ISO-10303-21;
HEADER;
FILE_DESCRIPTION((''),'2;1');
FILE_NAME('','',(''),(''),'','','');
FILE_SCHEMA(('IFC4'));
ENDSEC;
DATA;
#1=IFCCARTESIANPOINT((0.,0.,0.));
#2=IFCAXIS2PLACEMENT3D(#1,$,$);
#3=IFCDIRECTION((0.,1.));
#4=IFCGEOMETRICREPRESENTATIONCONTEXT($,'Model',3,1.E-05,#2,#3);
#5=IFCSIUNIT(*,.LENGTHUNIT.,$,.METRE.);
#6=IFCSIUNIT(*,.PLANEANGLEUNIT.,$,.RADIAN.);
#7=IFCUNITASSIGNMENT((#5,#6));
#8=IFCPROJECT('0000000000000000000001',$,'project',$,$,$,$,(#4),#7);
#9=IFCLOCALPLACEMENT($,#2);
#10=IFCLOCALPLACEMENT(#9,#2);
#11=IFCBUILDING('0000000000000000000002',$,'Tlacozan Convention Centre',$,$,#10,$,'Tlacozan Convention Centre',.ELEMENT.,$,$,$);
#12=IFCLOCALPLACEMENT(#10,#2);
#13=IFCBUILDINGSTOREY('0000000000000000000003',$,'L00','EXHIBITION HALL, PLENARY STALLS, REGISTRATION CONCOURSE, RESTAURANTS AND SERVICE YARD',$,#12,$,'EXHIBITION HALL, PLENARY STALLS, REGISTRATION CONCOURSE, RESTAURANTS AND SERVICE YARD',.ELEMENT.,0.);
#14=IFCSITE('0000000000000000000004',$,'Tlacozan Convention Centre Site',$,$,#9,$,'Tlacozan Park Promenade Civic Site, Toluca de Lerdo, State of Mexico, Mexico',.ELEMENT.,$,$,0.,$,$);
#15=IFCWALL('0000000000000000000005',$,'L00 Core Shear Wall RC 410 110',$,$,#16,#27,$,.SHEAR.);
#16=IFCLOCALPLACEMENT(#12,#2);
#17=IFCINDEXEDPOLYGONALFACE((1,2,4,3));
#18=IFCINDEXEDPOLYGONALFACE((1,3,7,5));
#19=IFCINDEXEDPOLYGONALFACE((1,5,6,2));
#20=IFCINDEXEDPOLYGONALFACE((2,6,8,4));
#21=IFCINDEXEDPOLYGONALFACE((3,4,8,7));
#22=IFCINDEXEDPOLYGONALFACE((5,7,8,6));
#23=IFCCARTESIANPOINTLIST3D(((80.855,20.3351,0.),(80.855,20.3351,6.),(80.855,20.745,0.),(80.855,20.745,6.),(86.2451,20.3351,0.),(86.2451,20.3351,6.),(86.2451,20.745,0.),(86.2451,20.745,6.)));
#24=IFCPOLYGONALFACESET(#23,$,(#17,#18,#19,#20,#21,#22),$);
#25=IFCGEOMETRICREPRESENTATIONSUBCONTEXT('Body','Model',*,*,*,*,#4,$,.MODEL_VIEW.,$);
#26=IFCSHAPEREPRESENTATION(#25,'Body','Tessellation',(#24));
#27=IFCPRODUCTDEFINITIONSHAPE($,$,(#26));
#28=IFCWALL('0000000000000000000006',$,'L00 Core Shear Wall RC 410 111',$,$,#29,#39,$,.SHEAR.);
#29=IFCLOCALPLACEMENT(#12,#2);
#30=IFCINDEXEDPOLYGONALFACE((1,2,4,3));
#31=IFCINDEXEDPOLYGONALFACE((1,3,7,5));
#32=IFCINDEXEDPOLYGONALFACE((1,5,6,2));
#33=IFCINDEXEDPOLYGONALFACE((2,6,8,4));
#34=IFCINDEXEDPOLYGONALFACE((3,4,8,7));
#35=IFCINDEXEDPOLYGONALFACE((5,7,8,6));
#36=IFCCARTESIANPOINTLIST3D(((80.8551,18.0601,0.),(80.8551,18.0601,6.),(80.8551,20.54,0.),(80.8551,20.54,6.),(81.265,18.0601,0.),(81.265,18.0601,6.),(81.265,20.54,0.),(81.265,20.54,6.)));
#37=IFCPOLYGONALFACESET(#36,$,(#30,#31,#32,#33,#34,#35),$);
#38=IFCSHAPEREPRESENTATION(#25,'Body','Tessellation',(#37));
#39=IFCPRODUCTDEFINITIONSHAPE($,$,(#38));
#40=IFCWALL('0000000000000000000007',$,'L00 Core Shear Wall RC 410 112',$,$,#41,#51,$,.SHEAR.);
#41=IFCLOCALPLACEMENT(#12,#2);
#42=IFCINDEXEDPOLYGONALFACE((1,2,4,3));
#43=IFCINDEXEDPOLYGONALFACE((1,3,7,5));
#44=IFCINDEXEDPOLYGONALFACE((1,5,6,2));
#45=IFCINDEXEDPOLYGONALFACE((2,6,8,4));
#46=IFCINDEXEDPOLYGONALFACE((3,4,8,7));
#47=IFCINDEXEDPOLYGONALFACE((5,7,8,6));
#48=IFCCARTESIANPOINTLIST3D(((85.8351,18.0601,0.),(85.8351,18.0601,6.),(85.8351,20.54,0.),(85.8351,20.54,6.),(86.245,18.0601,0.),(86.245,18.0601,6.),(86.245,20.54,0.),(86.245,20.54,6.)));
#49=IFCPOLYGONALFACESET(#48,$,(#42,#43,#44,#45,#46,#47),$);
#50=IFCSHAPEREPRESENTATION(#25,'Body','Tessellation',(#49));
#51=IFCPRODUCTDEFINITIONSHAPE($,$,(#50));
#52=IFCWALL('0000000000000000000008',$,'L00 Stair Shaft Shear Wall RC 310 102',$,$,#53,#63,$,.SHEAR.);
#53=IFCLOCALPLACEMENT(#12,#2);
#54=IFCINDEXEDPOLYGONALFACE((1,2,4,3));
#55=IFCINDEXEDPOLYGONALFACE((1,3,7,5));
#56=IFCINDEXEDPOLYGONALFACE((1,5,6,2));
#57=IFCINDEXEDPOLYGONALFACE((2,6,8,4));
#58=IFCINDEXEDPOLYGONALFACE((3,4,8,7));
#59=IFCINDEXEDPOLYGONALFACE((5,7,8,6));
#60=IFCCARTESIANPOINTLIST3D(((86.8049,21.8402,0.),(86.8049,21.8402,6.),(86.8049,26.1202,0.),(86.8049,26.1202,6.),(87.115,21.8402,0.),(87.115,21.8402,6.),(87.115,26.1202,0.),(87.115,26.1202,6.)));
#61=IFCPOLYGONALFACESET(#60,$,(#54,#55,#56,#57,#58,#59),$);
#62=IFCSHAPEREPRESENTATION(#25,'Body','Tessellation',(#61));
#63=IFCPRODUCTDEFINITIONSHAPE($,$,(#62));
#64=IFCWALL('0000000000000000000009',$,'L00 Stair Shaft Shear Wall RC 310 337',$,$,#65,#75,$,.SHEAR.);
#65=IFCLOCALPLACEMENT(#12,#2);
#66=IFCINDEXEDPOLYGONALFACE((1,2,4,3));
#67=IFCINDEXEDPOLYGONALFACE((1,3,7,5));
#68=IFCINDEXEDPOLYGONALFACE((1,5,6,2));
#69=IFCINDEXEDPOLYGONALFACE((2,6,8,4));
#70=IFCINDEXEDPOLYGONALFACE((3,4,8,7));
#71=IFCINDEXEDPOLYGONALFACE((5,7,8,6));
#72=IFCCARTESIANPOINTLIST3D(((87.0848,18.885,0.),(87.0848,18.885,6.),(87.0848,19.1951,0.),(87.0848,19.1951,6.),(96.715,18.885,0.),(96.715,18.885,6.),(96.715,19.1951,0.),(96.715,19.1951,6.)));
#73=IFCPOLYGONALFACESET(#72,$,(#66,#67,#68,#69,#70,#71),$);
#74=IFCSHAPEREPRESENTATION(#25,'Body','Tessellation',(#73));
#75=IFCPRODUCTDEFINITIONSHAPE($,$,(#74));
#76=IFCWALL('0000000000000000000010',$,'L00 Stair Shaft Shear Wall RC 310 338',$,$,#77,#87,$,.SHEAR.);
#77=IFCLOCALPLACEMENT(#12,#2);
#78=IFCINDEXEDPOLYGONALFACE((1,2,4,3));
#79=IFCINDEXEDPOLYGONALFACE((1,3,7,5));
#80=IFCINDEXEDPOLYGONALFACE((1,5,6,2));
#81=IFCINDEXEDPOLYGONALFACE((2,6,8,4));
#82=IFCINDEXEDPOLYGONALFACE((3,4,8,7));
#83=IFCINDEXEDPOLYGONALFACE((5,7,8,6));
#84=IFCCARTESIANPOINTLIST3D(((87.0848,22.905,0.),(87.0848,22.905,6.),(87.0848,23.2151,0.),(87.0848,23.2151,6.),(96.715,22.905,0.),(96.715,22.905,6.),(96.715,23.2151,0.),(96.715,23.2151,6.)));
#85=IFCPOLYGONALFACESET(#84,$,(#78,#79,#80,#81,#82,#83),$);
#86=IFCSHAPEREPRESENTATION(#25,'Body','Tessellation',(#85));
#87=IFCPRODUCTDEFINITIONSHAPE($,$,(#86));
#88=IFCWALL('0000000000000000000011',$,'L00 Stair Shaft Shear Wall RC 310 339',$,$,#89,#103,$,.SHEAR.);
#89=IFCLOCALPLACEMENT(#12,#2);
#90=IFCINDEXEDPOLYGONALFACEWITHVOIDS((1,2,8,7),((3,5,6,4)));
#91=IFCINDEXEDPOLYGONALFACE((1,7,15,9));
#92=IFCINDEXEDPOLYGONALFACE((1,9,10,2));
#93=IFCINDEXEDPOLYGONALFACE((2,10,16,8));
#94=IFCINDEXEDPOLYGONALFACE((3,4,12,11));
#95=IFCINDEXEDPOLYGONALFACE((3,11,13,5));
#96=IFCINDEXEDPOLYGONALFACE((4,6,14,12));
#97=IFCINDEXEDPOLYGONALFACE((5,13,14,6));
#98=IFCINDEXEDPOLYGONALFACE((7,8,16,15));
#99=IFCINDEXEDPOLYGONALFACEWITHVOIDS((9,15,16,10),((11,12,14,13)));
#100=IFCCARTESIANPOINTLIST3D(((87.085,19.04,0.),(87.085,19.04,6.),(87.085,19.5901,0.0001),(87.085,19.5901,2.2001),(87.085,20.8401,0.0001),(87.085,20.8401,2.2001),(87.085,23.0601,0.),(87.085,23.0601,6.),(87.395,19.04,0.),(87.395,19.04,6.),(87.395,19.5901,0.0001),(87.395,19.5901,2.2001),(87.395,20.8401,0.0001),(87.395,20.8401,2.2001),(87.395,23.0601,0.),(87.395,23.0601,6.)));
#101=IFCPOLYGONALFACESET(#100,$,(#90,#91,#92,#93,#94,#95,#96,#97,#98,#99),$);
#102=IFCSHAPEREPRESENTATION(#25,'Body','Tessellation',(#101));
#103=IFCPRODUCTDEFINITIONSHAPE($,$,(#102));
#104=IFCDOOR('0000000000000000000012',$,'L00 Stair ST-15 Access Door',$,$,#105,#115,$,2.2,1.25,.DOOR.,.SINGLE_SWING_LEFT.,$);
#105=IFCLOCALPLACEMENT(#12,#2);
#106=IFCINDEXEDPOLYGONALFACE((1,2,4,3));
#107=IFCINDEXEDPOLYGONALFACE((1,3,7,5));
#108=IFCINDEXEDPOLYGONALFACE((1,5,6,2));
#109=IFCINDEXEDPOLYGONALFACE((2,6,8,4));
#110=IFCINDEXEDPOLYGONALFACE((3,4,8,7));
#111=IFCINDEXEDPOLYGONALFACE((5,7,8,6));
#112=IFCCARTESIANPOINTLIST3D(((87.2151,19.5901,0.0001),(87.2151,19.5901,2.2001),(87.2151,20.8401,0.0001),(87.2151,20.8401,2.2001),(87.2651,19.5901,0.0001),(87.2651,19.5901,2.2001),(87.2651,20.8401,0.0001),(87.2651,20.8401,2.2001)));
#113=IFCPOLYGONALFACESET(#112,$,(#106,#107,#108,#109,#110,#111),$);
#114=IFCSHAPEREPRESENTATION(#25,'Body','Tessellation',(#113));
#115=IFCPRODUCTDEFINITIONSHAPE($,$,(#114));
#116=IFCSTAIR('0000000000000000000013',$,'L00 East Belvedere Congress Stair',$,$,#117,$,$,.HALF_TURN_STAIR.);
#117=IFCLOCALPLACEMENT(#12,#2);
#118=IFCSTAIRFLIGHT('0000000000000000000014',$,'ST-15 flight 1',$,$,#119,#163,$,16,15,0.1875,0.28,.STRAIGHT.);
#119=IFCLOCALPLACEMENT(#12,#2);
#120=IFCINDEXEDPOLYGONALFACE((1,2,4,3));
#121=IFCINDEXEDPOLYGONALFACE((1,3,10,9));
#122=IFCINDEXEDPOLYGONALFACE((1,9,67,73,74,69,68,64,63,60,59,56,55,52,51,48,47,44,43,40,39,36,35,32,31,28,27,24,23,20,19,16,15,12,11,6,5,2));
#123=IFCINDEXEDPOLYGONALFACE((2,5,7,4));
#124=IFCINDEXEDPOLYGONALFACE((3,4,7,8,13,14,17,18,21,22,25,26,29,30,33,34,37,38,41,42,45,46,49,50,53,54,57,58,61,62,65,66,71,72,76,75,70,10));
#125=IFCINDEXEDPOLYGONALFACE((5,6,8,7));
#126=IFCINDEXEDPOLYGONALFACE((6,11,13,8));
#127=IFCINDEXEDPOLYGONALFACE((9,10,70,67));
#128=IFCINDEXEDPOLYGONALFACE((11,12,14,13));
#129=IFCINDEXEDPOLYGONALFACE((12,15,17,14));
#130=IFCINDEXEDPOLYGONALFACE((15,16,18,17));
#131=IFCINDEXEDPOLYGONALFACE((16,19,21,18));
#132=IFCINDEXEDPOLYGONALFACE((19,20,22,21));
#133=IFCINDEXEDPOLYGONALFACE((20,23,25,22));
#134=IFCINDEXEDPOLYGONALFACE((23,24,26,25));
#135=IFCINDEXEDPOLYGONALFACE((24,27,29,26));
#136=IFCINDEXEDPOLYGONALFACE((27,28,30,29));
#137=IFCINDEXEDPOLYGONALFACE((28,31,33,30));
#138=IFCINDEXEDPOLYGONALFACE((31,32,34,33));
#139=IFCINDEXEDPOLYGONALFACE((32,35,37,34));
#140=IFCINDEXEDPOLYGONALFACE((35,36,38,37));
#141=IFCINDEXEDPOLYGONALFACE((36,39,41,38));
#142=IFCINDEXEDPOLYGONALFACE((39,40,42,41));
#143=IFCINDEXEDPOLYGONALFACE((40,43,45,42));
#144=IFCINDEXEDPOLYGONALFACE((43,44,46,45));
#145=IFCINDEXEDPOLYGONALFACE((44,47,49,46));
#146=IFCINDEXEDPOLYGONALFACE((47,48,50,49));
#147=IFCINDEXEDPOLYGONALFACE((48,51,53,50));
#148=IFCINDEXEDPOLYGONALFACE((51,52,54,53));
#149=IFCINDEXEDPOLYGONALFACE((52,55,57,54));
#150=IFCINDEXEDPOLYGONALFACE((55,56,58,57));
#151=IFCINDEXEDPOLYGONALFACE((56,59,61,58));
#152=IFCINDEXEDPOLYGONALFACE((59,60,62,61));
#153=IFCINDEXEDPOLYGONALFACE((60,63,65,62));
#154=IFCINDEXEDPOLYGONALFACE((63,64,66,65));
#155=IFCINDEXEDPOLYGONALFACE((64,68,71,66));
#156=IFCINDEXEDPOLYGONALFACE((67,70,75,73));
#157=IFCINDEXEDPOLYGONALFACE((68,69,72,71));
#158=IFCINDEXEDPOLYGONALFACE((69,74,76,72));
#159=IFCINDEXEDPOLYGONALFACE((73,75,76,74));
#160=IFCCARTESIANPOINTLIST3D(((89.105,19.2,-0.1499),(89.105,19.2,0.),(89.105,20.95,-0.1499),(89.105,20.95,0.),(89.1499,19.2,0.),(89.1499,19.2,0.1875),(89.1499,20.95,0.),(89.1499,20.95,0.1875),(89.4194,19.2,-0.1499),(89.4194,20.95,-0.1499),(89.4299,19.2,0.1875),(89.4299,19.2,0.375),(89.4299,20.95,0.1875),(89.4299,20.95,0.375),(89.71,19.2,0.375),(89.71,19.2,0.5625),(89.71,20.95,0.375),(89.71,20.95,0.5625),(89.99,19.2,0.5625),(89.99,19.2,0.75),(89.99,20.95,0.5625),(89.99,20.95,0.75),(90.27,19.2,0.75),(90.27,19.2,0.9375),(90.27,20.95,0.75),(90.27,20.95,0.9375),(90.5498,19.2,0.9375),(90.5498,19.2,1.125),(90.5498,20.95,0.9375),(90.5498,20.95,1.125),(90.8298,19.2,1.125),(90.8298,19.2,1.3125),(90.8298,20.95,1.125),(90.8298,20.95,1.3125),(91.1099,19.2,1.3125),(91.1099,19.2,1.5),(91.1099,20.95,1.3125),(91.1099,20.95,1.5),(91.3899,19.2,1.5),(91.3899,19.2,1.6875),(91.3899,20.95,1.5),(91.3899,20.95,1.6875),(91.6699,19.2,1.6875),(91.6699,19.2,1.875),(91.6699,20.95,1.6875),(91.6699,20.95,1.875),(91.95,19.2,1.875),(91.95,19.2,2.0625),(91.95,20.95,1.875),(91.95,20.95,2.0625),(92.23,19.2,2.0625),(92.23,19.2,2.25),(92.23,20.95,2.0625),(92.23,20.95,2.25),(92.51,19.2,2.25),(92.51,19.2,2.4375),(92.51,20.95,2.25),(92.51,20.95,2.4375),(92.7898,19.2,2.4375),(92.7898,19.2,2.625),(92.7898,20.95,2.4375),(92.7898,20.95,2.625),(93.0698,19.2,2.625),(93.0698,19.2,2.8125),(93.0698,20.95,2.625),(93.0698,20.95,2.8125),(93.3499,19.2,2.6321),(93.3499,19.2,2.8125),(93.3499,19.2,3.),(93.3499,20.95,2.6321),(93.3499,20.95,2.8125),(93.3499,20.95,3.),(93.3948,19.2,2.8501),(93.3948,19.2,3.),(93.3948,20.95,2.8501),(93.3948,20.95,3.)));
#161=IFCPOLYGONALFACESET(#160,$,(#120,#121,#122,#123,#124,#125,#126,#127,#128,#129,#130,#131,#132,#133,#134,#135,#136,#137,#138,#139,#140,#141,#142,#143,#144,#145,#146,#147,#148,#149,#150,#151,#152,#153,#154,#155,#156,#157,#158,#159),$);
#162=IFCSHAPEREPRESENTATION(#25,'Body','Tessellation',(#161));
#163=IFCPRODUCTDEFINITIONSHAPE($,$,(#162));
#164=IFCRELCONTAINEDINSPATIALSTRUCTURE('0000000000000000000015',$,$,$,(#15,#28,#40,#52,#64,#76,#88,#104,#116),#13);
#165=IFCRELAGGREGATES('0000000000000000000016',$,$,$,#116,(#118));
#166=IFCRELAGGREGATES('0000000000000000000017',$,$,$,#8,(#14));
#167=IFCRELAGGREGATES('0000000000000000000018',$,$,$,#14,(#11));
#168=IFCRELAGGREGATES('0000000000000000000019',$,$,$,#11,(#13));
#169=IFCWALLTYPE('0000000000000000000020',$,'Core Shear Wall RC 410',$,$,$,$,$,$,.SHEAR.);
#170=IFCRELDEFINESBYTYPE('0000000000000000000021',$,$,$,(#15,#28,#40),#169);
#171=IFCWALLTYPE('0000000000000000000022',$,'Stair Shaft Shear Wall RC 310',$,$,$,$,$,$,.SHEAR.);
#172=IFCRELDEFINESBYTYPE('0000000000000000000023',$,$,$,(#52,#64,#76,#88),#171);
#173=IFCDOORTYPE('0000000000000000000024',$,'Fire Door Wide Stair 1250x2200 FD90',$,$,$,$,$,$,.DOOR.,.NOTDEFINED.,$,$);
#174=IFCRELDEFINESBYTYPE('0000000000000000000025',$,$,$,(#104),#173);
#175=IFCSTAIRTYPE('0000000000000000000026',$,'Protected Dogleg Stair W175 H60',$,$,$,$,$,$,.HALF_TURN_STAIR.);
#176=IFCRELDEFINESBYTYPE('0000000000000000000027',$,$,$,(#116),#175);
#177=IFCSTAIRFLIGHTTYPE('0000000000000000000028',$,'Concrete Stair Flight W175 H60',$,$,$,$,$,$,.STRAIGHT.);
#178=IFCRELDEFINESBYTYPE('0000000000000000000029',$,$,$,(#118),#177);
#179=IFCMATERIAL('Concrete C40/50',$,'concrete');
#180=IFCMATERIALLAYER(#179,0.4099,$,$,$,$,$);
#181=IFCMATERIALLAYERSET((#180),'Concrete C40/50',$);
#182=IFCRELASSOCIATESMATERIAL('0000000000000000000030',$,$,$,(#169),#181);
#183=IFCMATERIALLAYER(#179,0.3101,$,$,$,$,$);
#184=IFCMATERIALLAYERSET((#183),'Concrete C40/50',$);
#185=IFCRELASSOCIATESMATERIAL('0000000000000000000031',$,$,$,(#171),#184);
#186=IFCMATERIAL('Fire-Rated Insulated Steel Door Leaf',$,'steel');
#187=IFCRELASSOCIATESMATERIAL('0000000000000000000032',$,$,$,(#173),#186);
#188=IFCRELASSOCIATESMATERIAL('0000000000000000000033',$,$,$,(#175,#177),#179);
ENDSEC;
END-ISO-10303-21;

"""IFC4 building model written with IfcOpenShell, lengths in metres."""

from ifc_helpers import new_model, si_unit, direction, frame, frame_2d, origin, place, context, subcontext, project, spatial, polyline, rectangle, outline, extrude, material, layer, layer_set, type_object, element, fill, aggregate, save


model = new_model("IFC4")

# Units and contexts
model_context = context("Model", 3, precision=1e-05, world=origin(), true_north=direction((0.0, 1.0)))
body_context = subcontext(model_context, "Body", "Model", "MODEL_VIEW")
ifc_project = project(units=[si_unit("LENGTHUNIT", "METRE"), si_unit("PLANEANGLEUNIT", "RADIAN")], contexts=[model_context])

# Site, building, storey
site_placement = place(None, origin())
site = spatial("IfcSite", under=ifc_project, at=site_placement, Name="Tlacozan Convention Centre Site", LongName="Tlacozan Park Promenade Civic Site, Toluca de Lerdo, State of Mexico, Mexico", CompositionType="ELEMENT", RefElevation=0.0)
building_placement = place(site_placement, origin())
building = spatial("IfcBuilding", under=site, at=building_placement, Name="Tlacozan Convention Centre", LongName="Tlacozan Convention Centre", CompositionType="ELEMENT")
storey_placement = place(building_placement, origin())
storey = spatial("IfcBuildingStorey", under=building, at=storey_placement, Name="L00", Description="EXHIBITION HALL, PLENARY STALLS, REGISTRATION CONCOURSE, RESTAURANTS AND SERVICE YARD", LongName="EXHIBITION HALL, PLENARY STALLS, REGISTRATION CONCOURSE, RESTAURANTS AND SERVICE YARD", CompositionType="ELEMENT", Elevation=0.0)

# Shared definitions
ifc_material_1 = material(Name="Concrete C40/50", Category="concrete")

# Shared definitions
ifc_layer_1 = layer(ifc_material_1, 0.4099)
ifc_layer_set_1 = layer_set([ifc_layer_1], Name="Concrete C40/50")
wall_type_1 = type_object("IfcWallType", Name="Core Shear Wall RC 410", PredefinedType="SHEAR", material=ifc_layer_set_1)

# Walls
wall_1_placement = place(storey_placement, frame((80.855, 20.54, 0.0), z_axis=(0.0, 0.0, 1.0), x_axis=(1.0, 0.0, 0.0)))
element("IfcWall", 1, at=wall_1_placement, inside=storey, type_object=wall_type_1, Name="L00 Core Shear Wall RC 410 110", PredefinedType="SHEAR", context=body_context, shape_type="SweptSolid", body=[
    extrude(rectangle(XDim=5.3901, YDim=0.4099, at=frame_2d((2.6951, 0.0))), origin(), (0.0, 0.0, 1.0), 6.0),
])
for number, where, z_axis, x_axis, name in (
    (2, (81.0601, 18.0601, 0.0), (0.0, 0.0, 1.0), (0.0, 1.0, 0.0), "L00 Core Shear Wall RC 410 111"),
    (3, (86.04, 18.0601, 0.0), (0.0, 0.0, 1.0), (0.0, 1.0, 0.0), "L00 Core Shear Wall RC 410 112"),
):
    element("IfcWall", number, at=place(storey_placement, frame(where, z_axis=z_axis, x_axis=x_axis)), inside=storey, type_object=wall_type_1, Name=name, PredefinedType="SHEAR", context=body_context, shape_type="SweptSolid", body=[
        extrude(rectangle(XDim=2.48, YDim=0.4099, at=frame_2d((1.24, 0.0))), origin(), (0.0, 0.0, 1.0), 6.0),
    ])
ifc_layer_2 = layer(ifc_material_1, 0.3101)
ifc_layer_set_2 = layer_set([ifc_layer_2], Name="Concrete C40/50")
wall_type_2 = type_object("IfcWallType", Name="Stair Shaft Shear Wall RC 310", PredefinedType="SHEAR", material=ifc_layer_set_2)
wall_2_placement = place(storey_placement, frame((86.96, 21.8401, 0.0), z_axis=(0.0, 0.0, 1.0), x_axis=(0.0, 1.0, 0.0)))
element("IfcWall", 4, at=wall_2_placement, inside=storey, type_object=wall_type_2, Name="L00 Stair Shaft Shear Wall RC 310 102", PredefinedType="SHEAR", context=body_context, shape_type="SweptSolid", body=[
    extrude(rectangle(XDim=4.28, YDim=0.3101, at=frame_2d((2.1401, 0.0))), origin(), (0.0, 0.0, 1.0), 6.0),
])
for number, where, z_axis, x_axis, name in (
    (5, (87.085, 19.04, 0.0), (0.0, 0.0, 1.0), (1.0, 0.0, 0.0), "L00 Stair Shaft Shear Wall RC 310 337"),
    (6, (87.085, 23.0601, 0.0), (0.0, 0.0, 1.0), (1.0, 0.0, 0.0), "L00 Stair Shaft Shear Wall RC 310 338"),
):
    element("IfcWall", number, at=place(storey_placement, frame(where, z_axis=z_axis, x_axis=x_axis)), inside=storey, type_object=wall_type_2, Name=name, PredefinedType="SHEAR", context=body_context, shape_type="SweptSolid", body=[
        extrude(rectangle(XDim=9.6301, YDim=0.3101, at=frame_2d((4.8149, 0.0))), origin(), (0.0, 0.0, 1.0), 6.0),
    ])

# Wall, opening, door
wall_3_placement = place(storey_placement, frame((87.24, 19.04, 0.0), z_axis=(0.0, 0.0, 1.0), x_axis=(0.0, 1.0, 0.0)))
wall_3 = element("IfcWall", 7, at=wall_3_placement, inside=storey, type_object=wall_type_2, Name="L00 Stair Shaft Shear Wall RC 310 339", PredefinedType="SHEAR", context=body_context, shape_type="SweptSolid", body=[
    extrude(rectangle(XDim=4.02, YDim=0.3101, at=frame_2d((2.01, 0.0))), origin(), (0.0, 0.0, 1.0), 6.0),
])
opening_1_placement = place(wall_3_placement, frame((0.55, 0.0, 0.0)))
opening_1 = element("IfcOpeningElement", 8, at=opening_1_placement, cuts=wall_3, PredefinedType="OPENING", context=body_context, shape_type="SweptSolid", body=[
    extrude(rectangle(XDim=1.25, YDim=2.2, at=frame_2d((0.625, 1.1001))), frame((0.0, 0.165, 0.0), z_axis=(0.0, -1.0, 0.0), x_axis=(1.0, 0.0, 0.0)), (0.0, 0.0, 1.0), 0.3301),
])
ifc_material_2 = material(Name="Fire-Rated Insulated Steel Door Leaf", Category="steel")
door_type_1 = type_object("IfcDoorType", Name="Fire Door Wide Stair 1250x2200 FD90", OperationType="NOTDEFINED", PredefinedType="DOOR", material=ifc_material_2)
door_1_placement = place(opening_1_placement, origin())
door_1 = element("IfcDoor", 9, at=door_1_placement, inside=storey, type_object=door_type_1, Name="L00 Stair ST-15 Access Door", OperationType="SINGLE_SWING_LEFT", OverallHeight=2.2, OverallWidth=1.25, PredefinedType="DOOR", context=body_context, shape_type="SweptSolid", body=[
    extrude(rectangle(XDim=1.25, YDim=2.2, at=frame_2d((0.625, 1.1001))), frame((0.0, 0.0249, 0.0), z_axis=(0.0, -1.0, 0.0), x_axis=(1.0, 0.0, 0.0)), (0.0, 0.0, 1.0), 0.05),
])
fill(opening_1, door_1)

# Stair, stair flight
stair_type = type_object("IfcStairType", Name="Protected Dogleg Stair W175 H60", PredefinedType="HALF_TURN_STAIR", material=ifc_material_1)
stair_placement = place(storey_placement, origin())
stair = element("IfcStair", 10, at=stair_placement, inside=storey, type_object=stair_type, Name="L00 East Belvedere Congress Stair", PredefinedType="HALF_TURN_STAIR")
stair_flight_type = type_object("IfcStairFlightType", Name="Concrete Stair Flight W175 H60", PredefinedType="STRAIGHT", material=ifc_material_1)
stair_flight_placement = place(storey_placement, frame((89.1499, 20.075, 0.0), z_axis=(0.0, 0.0, 1.0), x_axis=(1.0, 0.0, 0.0)))
stair_flight = element("IfcStairFlight", 11, at=stair_flight_placement, type_object=stair_flight_type, Name="ST-15 flight 1", NumberOfRisers=16, NumberOfTreads=15, PredefinedType="STRAIGHT", RiserHeight=0.1875, TreadLength=0.28, context=body_context, shape_type="SweptSolid", body=[
    extrude(outline(polyline([(-0.0449, -0.1499), (-0.0449, 0.0), (0.0, 0.0), (0.0, 0.1875), (0.28, 0.1875), (0.28, 0.375), (0.5601, 0.375), (0.5601, 0.5625), (0.8401, 0.5625), (0.8401, 0.75), (1.1201, 0.75), (1.1201, 0.9375), (1.3999, 0.9375), (1.3999, 1.125), (1.6799, 1.125), (1.6799, 1.3125), (1.96, 1.3125), (1.96, 1.5), (2.24, 1.5), (2.24, 1.6875), (2.52, 1.6875), (2.52, 1.875), (2.8, 1.875), (2.8, 2.0625), (3.0801, 2.0625), (3.0801, 2.25), (3.3601, 2.25), (3.3601, 2.4375), (3.6399, 2.4375), (3.6399, 2.625), (3.9199, 2.625), (3.9199, 2.8125), (4.2, 2.8125), (4.2, 3.0), (4.2449, 3.0), (4.2449, 2.8501), (4.2, 2.6321), (0.2695, -0.1499), (-0.0449, -0.1499)])), frame((0.0, 0.875, 0.0), z_axis=(0.0, -1.0, 0.0), x_axis=(1.0, 0.0, 0.0)), (0.0, 0.0, 1.0), 1.75),
])
aggregate(stair, [stair_flight])

save(model, "model.ifc")
